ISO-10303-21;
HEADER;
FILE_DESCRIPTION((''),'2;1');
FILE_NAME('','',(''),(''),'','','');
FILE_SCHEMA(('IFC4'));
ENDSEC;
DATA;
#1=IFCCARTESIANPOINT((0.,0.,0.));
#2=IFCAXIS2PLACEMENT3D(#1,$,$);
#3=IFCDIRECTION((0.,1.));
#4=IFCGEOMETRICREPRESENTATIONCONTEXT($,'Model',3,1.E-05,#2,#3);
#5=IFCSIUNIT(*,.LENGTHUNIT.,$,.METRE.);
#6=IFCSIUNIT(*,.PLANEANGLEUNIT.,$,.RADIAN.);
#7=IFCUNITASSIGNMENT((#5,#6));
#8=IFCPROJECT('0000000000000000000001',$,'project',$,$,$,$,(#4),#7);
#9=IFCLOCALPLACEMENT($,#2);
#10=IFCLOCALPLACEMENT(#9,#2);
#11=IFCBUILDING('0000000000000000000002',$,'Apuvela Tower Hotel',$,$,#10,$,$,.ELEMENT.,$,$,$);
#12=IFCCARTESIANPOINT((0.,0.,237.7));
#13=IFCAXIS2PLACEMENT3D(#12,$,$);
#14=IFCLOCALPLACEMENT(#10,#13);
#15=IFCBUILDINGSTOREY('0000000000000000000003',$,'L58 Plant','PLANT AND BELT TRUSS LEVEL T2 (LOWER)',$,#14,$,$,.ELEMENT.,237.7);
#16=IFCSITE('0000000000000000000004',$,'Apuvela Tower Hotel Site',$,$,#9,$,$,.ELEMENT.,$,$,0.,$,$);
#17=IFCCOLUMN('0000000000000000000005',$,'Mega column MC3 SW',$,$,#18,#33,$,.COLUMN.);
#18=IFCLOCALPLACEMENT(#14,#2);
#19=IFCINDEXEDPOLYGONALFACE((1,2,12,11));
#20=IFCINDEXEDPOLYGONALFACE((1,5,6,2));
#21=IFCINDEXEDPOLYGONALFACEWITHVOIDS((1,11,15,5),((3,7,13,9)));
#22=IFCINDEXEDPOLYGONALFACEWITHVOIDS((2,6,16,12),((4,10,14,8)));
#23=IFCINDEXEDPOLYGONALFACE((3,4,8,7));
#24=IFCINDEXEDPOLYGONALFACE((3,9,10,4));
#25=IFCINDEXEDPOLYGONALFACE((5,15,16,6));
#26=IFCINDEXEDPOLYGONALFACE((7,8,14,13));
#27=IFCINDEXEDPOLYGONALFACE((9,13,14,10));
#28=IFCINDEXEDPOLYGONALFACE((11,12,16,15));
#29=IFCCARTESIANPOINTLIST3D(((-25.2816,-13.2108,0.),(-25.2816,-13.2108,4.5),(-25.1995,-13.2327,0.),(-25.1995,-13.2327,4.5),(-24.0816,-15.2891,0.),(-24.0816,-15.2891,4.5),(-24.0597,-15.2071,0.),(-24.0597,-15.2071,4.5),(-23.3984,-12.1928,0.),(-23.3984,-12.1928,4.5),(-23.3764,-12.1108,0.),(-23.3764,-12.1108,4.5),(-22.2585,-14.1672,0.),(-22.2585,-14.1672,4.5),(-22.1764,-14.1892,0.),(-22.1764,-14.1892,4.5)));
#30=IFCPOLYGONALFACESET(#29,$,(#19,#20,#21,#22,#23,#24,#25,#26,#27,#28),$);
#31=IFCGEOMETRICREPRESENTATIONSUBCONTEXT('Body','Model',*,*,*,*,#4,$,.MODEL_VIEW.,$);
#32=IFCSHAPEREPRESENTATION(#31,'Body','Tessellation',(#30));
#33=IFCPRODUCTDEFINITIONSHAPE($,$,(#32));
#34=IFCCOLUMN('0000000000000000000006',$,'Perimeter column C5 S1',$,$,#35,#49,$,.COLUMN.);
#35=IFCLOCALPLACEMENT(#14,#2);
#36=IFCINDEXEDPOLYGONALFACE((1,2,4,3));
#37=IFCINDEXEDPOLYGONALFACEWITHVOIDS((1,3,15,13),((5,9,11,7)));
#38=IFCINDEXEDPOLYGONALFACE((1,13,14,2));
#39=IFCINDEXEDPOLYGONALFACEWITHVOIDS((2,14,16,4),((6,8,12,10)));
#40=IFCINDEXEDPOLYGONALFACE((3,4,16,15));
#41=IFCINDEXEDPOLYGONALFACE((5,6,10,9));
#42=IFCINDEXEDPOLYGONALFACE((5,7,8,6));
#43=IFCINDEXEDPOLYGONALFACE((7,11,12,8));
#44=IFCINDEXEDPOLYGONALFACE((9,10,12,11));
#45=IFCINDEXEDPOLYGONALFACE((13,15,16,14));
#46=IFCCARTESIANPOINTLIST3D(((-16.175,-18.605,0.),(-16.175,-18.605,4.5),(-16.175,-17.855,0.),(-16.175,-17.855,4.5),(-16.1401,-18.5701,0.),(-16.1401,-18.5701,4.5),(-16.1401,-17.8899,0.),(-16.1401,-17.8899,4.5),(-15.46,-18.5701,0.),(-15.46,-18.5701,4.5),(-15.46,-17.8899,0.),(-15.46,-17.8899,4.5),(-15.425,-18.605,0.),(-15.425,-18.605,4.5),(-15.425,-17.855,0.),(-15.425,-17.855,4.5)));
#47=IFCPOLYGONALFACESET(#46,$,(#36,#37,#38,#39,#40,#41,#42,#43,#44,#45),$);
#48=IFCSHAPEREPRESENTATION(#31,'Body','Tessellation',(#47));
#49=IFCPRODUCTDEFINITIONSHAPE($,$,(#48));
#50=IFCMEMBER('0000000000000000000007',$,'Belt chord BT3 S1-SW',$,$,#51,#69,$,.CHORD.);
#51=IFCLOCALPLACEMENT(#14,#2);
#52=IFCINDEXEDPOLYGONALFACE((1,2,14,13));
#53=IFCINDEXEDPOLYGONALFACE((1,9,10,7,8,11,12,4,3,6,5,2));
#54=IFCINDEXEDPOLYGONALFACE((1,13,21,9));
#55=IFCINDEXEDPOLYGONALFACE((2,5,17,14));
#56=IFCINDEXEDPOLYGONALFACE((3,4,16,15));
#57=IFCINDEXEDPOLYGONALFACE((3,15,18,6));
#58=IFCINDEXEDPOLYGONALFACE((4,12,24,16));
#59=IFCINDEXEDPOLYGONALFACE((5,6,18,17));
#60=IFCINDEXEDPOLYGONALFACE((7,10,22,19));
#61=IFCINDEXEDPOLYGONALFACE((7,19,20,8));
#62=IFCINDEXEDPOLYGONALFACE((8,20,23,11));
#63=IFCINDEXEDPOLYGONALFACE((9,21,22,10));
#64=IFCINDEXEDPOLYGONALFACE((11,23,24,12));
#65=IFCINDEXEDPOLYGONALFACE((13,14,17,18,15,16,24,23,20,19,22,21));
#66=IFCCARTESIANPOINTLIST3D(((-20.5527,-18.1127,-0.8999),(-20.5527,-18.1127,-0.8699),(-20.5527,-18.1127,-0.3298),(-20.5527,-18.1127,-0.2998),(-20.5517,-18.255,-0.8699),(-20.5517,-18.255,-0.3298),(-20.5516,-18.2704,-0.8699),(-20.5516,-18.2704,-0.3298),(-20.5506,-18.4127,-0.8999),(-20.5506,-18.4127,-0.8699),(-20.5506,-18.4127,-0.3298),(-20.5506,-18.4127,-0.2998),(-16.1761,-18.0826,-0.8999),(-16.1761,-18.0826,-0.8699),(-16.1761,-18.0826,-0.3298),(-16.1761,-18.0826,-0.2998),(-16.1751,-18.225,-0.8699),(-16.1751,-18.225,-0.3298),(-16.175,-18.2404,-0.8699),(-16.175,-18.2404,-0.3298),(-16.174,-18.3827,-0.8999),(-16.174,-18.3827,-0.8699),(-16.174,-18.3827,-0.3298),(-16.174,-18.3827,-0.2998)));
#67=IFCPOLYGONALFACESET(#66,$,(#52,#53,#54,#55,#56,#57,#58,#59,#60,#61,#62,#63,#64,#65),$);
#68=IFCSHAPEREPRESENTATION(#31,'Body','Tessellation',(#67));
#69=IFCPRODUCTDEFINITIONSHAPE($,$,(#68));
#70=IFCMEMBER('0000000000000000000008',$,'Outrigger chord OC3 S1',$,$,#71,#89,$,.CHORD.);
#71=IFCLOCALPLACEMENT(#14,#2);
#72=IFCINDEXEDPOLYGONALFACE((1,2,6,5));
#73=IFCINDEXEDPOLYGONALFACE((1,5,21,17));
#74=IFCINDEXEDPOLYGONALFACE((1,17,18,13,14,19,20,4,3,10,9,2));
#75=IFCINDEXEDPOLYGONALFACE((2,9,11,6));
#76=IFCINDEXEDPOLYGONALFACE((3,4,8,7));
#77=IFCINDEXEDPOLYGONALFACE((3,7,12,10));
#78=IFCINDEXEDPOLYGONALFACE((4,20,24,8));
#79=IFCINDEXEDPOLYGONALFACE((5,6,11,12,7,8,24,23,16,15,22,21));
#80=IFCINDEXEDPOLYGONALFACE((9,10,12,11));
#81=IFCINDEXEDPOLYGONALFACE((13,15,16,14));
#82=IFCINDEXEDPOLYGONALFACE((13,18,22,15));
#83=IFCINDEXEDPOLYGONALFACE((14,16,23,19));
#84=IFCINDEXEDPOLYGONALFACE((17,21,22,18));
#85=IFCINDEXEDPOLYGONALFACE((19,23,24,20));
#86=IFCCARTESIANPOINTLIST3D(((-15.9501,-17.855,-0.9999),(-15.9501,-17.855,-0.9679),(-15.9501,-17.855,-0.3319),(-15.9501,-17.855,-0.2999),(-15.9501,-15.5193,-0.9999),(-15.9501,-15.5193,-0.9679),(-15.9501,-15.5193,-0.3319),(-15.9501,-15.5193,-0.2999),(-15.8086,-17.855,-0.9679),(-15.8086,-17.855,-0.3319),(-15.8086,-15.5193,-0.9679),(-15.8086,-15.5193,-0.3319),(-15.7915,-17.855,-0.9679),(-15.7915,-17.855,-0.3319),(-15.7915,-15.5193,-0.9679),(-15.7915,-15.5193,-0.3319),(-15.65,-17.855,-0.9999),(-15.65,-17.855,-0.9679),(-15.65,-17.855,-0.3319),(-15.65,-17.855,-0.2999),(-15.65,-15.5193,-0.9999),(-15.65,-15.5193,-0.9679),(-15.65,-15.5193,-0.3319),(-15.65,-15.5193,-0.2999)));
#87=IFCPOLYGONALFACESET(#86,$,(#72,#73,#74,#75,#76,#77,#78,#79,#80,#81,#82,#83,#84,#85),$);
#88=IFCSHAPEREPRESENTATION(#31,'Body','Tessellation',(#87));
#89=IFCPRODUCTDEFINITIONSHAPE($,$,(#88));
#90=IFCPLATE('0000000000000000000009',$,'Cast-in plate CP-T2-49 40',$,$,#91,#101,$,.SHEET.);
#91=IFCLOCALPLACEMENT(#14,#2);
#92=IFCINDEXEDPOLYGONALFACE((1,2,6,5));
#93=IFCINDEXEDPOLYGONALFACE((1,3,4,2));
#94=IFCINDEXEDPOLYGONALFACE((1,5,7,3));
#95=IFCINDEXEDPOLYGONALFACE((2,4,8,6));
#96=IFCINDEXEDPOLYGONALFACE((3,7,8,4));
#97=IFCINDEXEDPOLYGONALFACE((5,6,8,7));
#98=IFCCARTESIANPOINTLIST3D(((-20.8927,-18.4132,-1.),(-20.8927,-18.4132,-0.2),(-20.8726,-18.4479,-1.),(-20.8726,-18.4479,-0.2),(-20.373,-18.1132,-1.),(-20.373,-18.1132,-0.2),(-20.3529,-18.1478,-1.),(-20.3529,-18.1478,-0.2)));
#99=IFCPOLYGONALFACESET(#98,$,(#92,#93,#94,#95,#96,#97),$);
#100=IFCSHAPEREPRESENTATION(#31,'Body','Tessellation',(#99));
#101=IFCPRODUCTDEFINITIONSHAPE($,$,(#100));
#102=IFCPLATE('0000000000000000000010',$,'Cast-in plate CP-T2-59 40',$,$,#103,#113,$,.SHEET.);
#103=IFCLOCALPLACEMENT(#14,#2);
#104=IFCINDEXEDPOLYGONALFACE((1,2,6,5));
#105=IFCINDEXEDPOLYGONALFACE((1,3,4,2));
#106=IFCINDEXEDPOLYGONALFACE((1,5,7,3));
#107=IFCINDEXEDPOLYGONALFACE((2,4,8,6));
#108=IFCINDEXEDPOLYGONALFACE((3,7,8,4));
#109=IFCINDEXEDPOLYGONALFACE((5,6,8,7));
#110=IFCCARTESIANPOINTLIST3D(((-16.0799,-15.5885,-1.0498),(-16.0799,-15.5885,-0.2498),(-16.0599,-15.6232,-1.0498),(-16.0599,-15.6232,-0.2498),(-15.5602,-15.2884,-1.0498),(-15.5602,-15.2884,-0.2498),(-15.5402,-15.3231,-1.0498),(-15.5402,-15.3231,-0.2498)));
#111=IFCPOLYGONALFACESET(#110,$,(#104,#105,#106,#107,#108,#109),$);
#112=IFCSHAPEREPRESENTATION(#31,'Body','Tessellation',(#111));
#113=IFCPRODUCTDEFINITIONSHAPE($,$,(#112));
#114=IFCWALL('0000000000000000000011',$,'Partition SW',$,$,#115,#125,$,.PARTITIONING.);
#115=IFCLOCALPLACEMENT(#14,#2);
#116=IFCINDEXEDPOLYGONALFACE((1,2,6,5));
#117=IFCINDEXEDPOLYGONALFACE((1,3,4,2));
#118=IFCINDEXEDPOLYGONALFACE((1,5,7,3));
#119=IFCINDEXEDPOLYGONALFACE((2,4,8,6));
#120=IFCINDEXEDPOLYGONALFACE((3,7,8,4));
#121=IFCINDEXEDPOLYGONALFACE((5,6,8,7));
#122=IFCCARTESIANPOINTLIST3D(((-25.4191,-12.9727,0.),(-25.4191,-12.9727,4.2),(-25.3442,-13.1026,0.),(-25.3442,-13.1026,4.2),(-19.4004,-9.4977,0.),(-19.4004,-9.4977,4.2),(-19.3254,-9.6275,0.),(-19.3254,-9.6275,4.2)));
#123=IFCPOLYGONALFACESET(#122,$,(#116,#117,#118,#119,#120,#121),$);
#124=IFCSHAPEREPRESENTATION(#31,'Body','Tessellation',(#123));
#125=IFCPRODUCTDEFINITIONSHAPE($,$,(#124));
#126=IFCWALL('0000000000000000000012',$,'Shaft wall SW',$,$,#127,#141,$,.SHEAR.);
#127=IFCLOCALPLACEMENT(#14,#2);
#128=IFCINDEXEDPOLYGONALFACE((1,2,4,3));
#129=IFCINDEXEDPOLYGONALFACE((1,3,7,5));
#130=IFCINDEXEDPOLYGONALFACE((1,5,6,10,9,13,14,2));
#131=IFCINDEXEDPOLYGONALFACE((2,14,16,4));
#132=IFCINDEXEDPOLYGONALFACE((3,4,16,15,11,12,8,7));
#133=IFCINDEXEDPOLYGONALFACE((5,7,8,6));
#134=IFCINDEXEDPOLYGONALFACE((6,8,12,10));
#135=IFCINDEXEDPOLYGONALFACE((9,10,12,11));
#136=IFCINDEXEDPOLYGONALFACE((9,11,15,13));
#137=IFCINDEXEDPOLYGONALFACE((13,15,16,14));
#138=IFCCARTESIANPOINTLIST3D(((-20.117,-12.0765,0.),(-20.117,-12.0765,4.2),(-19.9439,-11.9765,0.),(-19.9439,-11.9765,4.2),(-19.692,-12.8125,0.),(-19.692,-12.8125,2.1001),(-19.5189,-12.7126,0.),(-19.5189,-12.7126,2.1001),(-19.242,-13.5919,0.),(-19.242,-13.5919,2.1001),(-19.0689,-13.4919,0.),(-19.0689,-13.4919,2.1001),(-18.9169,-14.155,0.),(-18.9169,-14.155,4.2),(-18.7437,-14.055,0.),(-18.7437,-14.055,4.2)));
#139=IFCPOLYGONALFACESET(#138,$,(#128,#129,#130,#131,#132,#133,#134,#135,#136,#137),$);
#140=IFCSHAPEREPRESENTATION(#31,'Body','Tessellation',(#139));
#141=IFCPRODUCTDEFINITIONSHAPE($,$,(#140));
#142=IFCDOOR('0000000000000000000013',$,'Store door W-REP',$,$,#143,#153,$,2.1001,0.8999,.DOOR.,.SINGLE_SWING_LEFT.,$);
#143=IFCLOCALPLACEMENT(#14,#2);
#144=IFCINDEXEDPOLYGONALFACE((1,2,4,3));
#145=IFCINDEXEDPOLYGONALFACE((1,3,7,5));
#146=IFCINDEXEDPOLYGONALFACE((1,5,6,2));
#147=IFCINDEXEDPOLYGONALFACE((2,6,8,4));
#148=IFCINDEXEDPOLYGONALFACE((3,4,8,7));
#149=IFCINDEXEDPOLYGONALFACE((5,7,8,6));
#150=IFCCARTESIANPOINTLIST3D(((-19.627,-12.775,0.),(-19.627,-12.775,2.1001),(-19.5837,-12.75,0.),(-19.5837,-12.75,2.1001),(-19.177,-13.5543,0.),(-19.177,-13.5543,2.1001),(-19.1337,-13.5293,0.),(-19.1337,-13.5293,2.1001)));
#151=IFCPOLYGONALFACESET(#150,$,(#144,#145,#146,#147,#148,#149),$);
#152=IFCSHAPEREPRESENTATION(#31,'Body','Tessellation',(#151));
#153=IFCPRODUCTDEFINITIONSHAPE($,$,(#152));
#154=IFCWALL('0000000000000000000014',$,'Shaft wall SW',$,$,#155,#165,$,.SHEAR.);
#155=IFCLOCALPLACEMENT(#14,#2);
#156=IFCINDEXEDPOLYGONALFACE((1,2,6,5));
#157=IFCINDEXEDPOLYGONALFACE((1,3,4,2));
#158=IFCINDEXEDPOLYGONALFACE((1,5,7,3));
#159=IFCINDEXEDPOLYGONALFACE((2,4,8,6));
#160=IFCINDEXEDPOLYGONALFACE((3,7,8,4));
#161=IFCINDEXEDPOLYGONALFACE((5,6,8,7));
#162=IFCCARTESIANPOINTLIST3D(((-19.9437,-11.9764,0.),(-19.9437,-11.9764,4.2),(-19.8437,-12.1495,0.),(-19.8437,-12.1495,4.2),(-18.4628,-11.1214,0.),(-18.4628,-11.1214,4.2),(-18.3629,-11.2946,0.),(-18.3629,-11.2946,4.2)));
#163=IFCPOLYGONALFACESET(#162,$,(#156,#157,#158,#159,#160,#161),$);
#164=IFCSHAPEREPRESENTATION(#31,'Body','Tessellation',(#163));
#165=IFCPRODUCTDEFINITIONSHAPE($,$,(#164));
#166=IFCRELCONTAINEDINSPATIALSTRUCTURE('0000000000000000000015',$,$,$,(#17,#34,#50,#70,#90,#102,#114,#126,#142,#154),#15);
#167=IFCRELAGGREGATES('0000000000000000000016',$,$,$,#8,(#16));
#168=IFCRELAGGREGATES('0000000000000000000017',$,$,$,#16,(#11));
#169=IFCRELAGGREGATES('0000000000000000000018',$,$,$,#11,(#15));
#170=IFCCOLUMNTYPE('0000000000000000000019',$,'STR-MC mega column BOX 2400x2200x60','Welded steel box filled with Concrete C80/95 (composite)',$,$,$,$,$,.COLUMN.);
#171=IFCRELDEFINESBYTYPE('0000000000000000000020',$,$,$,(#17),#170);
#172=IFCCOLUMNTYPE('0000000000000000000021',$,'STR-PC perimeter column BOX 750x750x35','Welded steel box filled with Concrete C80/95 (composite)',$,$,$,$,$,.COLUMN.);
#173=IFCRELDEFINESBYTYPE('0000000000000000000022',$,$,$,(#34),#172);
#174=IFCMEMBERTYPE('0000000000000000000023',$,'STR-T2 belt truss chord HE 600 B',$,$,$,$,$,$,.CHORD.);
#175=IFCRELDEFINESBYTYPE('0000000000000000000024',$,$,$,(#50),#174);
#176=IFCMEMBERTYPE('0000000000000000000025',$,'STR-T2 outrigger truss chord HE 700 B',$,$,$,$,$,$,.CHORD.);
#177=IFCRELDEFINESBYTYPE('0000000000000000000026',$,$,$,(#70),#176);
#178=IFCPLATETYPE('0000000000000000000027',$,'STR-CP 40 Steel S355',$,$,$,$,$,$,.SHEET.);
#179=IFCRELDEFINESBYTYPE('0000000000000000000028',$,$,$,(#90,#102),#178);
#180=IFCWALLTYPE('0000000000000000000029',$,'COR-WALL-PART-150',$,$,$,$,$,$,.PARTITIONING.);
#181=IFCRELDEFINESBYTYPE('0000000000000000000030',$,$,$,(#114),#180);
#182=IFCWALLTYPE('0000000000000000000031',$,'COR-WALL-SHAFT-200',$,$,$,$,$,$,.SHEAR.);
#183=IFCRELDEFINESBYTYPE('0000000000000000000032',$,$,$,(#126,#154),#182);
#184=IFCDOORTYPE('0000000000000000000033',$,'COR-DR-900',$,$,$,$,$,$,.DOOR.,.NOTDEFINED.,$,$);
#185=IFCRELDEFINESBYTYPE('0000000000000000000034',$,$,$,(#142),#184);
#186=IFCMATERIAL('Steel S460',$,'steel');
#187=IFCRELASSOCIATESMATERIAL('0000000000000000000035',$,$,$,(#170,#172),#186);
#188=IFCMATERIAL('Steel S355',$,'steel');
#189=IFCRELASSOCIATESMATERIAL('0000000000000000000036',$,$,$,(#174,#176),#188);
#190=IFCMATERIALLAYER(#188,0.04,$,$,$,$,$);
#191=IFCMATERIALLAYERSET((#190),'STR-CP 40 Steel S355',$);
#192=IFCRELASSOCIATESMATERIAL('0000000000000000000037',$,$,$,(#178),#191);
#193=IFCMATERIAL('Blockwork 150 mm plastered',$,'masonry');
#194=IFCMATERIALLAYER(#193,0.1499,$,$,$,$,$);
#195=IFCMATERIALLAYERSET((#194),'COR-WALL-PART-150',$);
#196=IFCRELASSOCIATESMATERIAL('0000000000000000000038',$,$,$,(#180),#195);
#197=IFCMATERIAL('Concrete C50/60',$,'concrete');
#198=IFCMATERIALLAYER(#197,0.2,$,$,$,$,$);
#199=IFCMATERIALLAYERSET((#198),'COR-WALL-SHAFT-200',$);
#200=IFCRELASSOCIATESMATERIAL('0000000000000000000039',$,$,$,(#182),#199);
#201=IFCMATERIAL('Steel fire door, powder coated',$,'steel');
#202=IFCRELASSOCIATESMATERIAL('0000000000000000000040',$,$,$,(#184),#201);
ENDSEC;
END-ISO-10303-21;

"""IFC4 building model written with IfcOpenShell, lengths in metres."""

from ifc_helpers import new_model, si_unit, direction, frame, frame_2d, origin, origin_2d, place, context, subcontext, project, spatial, rectangle, hollow_rectangle, i_section, extrude, material, layer, layer_set, material_profile, profile_set, type_object, element, fill, save


model = new_model("IFC4")

# Units and contexts
model_context = context("Model", 3, precision=1e-05, world=origin(), true_north=direction((0.0, 1.0)))
body_context = subcontext(model_context, "Body", "Model", "MODEL_VIEW")
ifc_project = project(units=[si_unit("LENGTHUNIT", "METRE"), si_unit("PLANEANGLEUNIT", "RADIAN")], contexts=[model_context])

# Site, building, storey
site_placement = place(None, origin())
site = spatial("IfcSite", under=ifc_project, at=site_placement, Name="Apuvela Tower Hotel Site", CompositionType="ELEMENT", RefElevation=0.0)
building_placement = place(site_placement, origin())
building = spatial("IfcBuilding", under=site, at=building_placement, Name="Apuvela Tower Hotel", CompositionType="ELEMENT")
storey_placement = place(building_placement, frame((0.0, 0.0, 237.7)))
storey = spatial("IfcBuildingStorey", under=building, at=storey_placement, Name="L58 Plant", Description="PLANT AND BELT TRUSS LEVEL T2 (LOWER)", CompositionType="ELEMENT", Elevation=237.7)

# Columns
ifc_material_1 = material(Name="Steel S460", Category="steel")
ifc_material_profile_1 = material_profile(ifc_material_1, hollow_rectangle(XDim=2.3999, YDim=2.2, WallThickness=0.0601, at=origin_2d()), Name="BOX 2400x2200x60")
ifc_material_2 = material(Name="Concrete C80/95", Category="concrete")
ifc_material_profile_2 = material_profile(ifc_material_2, rectangle(XDim=2.28, YDim=2.0801, at=origin_2d()), Name="Concrete C80/95 infill")
ifc_profile_set_1 = profile_set([ifc_material_profile_1, ifc_material_profile_2], Name="Steel S460")
column_type_1 = type_object("IfcColumnType", Name="STR-MC mega column BOX 2400x2200x60", Description="Welded steel box filled with Concrete C80/95 (composite)", PredefinedType="COLUMN", material=ifc_profile_set_1)
column_1_placement = place(storey_placement, frame((-23.729, -13.7, 0.0), z_axis=(0.0, 0.0, 1.0), x_axis=(-0.5, 0.866025, 0.0)))
element("IfcColumn", 1, at=column_1_placement, inside=storey, type_object=column_type_1, Name="Mega column MC3 SW", PredefinedType="COLUMN", context=body_context, shape_type="SweptSolid", body=[
    extrude(hollow_rectangle(XDim=2.3999, YDim=2.2, WallThickness=0.0601, at=origin_2d()), origin(), (0.0, 0.0, 1.0), 4.5),
])
ifc_material_profile_3 = material_profile(ifc_material_1, hollow_rectangle(XDim=0.75, YDim=0.75, WallThickness=0.0349, at=origin_2d()), Name="BOX 750x750x35")
ifc_material_profile_4 = material_profile(ifc_material_2, rectangle(XDim=0.6799, YDim=0.6799, at=origin_2d()), Name="Concrete C80/95 infill")
ifc_profile_set_2 = profile_set([ifc_material_profile_3, ifc_material_profile_4], Name="Steel S460")
column_type_2 = type_object("IfcColumnType", Name="STR-PC perimeter column BOX 750x750x35", Description="Welded steel box filled with Concrete C80/95 (composite)", PredefinedType="COLUMN", material=ifc_profile_set_2)
column_2_placement = place(storey_placement, frame((-15.8, -18.23, 0.0), z_axis=(0.0, 0.0, 1.0), x_axis=(-1.0, 0.0, 0.0)))
element("IfcColumn", 2, at=column_2_placement, inside=storey, type_object=column_type_2, Name="Perimeter column C5 S1", PredefinedType="COLUMN", context=body_context, shape_type="SweptSolid", body=[
    extrude(hollow_rectangle(XDim=0.75, YDim=0.75, WallThickness=0.0349, at=origin_2d()), origin(), (0.0, 0.0, 1.0), 4.5),
])

# Members
ifc_material_3 = material(Name="Steel S355", Category="steel")
ifc_material_profile_5 = material_profile(ifc_material_3, i_section(OverallWidth=0.3, OverallDepth=0.6001, WebThickness=0.0154, FlangeThickness=0.03, at=origin_2d()), Name="HE 600 B")
ifc_profile_set_3 = profile_set([ifc_material_profile_5], Name="Steel S355")
member_type_1 = type_object("IfcMemberType", Name="STR-T2 belt truss chord HE 600 B", PredefinedType="CHORD", material=ifc_profile_set_3)
member_1_placement = place(storey_placement, frame((-16.175, -18.2327, -0.5999), z_axis=(-0.999976, -0.006861, 0.0), x_axis=(0.006861, -0.999976, 0.0)))
element("IfcMember", 3, at=member_1_placement, inside=storey, type_object=member_type_1, Name="Belt chord BT3 S1-SW", PredefinedType="CHORD", context=body_context, shape_type="SweptSolid", body=[
    extrude(i_section(OverallWidth=0.3, OverallDepth=0.6001, WebThickness=0.0154, FlangeThickness=0.03, at=origin_2d()), origin(), (0.0, 0.0, 1.0), 4.3767),
])
ifc_material_profile_6 = material_profile(ifc_material_3, i_section(OverallWidth=0.3, OverallDepth=0.7, WebThickness=0.0171, FlangeThickness=0.032, at=origin_2d()), Name="HE 700 B")
ifc_profile_set_4 = profile_set([ifc_material_profile_6], Name="Steel S355")
member_type_2 = type_object("IfcMemberType", Name="STR-T2 outrigger truss chord HE 700 B", PredefinedType="CHORD", material=ifc_profile_set_4)
member_2_placement = place(storey_placement, frame((-15.8, -17.855, -0.6499), z_axis=(0.0, 1.0, 0.0), x_axis=(-1.0, 0.0, 0.0)))
element("IfcMember", 4, at=member_2_placement, inside=storey, type_object=member_type_2, Name="Outrigger chord OC3 S1", PredefinedType="CHORD", context=body_context, shape_type="SweptSolid", body=[
    extrude(i_section(OverallWidth=0.3, OverallDepth=0.7, WebThickness=0.0171, FlangeThickness=0.032, at=origin_2d()), origin(), (0.0, 0.0, 1.0), 2.3357),
])

# Plates
ifc_layer_1 = layer(ifc_material_3, 0.04)
ifc_layer_set_1 = layer_set([ifc_layer_1], Name="STR-CP 40 Steel S355")
plate_type = type_object("IfcPlateType", Name="STR-CP 40 Steel S355", PredefinedType="SHEET", material=ifc_layer_set_1)
for number, where, z_axis, x_axis, name in (
    (5, (-20.6228, -18.2805, -1.0), (0.0, 0.0, 1.0), (0.5, -0.866025, 0.0), "Cast-in plate CP-T2-49 40"),
    (6, (-15.8101, -15.4558, -1.0498), (0.0, 0.0, 1.0), (-0.5, 0.866025, 0.0), "Cast-in plate CP-T2-59 40"),
):
    element("IfcPlate", number, at=place(storey_placement, frame(where, z_axis=z_axis, x_axis=x_axis)), inside=storey, type_object=plate_type, Name=name, PredefinedType="SHEET", context=body_context, shape_type="SweptSolid", body=[
        extrude(rectangle(XDim=0.04, YDim=0.6001, at=origin_2d()), origin(), (0.0, 0.0, 1.0), 0.8),
    ])

# Wall
ifc_material_4 = material(Name="Blockwork 150 mm plastered", Category="masonry")
ifc_layer_2 = layer(ifc_material_4, 0.1499)
ifc_layer_set_2 = layer_set([ifc_layer_2], Name="COR-WALL-PART-150")
wall_type_1 = type_object("IfcWallType", Name="COR-WALL-PART-150", PredefinedType="PARTITIONING", material=ifc_layer_set_2)
wall_1_placement = place(storey_placement, frame((-19.3628, -9.5625, 0.0), z_axis=(0.0, 0.0, 1.0), x_axis=(-0.866017, -0.500015, 0.0)))
element("IfcWall", 7, at=wall_1_placement, inside=storey, type_object=wall_type_1, Name="Partition SW", PredefinedType="PARTITIONING", context=body_context, shape_type="SweptSolid", body=[
    extrude(rectangle(XDim=6.95, YDim=0.1499, at=frame_2d((3.4751, 0.0))), origin(), (0.0, 0.0, 1.0), 4.2),
])

# Wall, opening, door
ifc_material_5 = material(Name="Concrete C50/60", Category="concrete")
ifc_layer_3 = layer(ifc_material_5, 0.2)
ifc_layer_set_3 = layer_set([ifc_layer_3], Name="COR-WALL-SHAFT-200")
wall_type_2 = type_object("IfcWallType", Name="COR-WALL-SHAFT-200", PredefinedType="SHEAR", material=ifc_layer_set_3)
wall_2_placement = place(storey_placement, frame((-20.0305, -12.0264, 0.0), z_axis=(0.0, 0.0, 1.0), x_axis=(0.500034, -0.866006, 0.0)))
wall_2 = element("IfcWall", 8, at=wall_2_placement, inside=storey, type_object=wall_type_2, Name="Shaft wall SW", PredefinedType="SHEAR", context=body_context, shape_type="SweptSolid", body=[
    extrude(rectangle(XDim=2.4001, YDim=0.2, at=frame_2d((1.2002, 0.0))), origin(), (0.0, 0.0, 1.0), 4.2),
])
opening_placement = place(wall_2_placement, frame((0.8501, 0.0, 0.0)))
opening = element("IfcOpeningElement", 9, at=opening_placement, cuts=wall_2, PredefinedType="OPENING", context=body_context, shape_type="SweptSolid", body=[
    extrude(rectangle(XDim=0.8999, YDim=2.1001, at=frame_2d((0.45, 1.05))), frame((0.0, 0.1099, 0.0), z_axis=(0.0, -1.0, 0.0), x_axis=(1.0, 0.0, 0.0)), (0.0, 0.0, 1.0), 0.22),
])
ifc_material_6 = material(Name="Steel fire door, powder coated", Category="steel")
door_type = type_object("IfcDoorType", Name="COR-DR-900", OperationType="NOTDEFINED", PredefinedType="DOOR", material=ifc_material_6)
door_placement = place(opening_placement, frame((0.8999, 0.0, 0.0), z_axis=(0.0, 0.0, 1.0), x_axis=(-1.0, 0.0, 0.0)))
door = element("IfcDoor", 10, at=door_placement, inside=storey, type_object=door_type, Name="Store door W-REP", OperationType="SINGLE_SWING_LEFT", OverallHeight=2.1001, OverallWidth=0.8999, PredefinedType="DOOR", context=body_context, shape_type="SweptSolid", body=[
    extrude(rectangle(XDim=0.8999, YDim=2.1001, at=frame_2d((0.45, 1.05))), frame((0.0, 0.0249, 0.0), z_axis=(0.0, -1.0, 0.0), x_axis=(1.0, 0.0, 0.0)), (0.0, 0.0, 1.0), 0.05),
])
fill(opening, door)

# Wall
wall_3_placement = place(storey_placement, frame((-18.4128, -11.208, 0.0), z_axis=(0.0, 0.0, 1.0), x_axis=(-0.866038, -0.499978, 0.0)))
element("IfcWall", 11, at=wall_3_placement, inside=storey, type_object=wall_type_2, Name="Shaft wall SW", PredefinedType="SHEAR", context=body_context, shape_type="SweptSolid", body=[
    extrude(rectangle(XDim=1.71, YDim=0.2, at=frame_2d((0.855, 0.0))), origin(), (0.0, 0.0, 1.0), 4.2),
])

save(model, "model.ifc")
